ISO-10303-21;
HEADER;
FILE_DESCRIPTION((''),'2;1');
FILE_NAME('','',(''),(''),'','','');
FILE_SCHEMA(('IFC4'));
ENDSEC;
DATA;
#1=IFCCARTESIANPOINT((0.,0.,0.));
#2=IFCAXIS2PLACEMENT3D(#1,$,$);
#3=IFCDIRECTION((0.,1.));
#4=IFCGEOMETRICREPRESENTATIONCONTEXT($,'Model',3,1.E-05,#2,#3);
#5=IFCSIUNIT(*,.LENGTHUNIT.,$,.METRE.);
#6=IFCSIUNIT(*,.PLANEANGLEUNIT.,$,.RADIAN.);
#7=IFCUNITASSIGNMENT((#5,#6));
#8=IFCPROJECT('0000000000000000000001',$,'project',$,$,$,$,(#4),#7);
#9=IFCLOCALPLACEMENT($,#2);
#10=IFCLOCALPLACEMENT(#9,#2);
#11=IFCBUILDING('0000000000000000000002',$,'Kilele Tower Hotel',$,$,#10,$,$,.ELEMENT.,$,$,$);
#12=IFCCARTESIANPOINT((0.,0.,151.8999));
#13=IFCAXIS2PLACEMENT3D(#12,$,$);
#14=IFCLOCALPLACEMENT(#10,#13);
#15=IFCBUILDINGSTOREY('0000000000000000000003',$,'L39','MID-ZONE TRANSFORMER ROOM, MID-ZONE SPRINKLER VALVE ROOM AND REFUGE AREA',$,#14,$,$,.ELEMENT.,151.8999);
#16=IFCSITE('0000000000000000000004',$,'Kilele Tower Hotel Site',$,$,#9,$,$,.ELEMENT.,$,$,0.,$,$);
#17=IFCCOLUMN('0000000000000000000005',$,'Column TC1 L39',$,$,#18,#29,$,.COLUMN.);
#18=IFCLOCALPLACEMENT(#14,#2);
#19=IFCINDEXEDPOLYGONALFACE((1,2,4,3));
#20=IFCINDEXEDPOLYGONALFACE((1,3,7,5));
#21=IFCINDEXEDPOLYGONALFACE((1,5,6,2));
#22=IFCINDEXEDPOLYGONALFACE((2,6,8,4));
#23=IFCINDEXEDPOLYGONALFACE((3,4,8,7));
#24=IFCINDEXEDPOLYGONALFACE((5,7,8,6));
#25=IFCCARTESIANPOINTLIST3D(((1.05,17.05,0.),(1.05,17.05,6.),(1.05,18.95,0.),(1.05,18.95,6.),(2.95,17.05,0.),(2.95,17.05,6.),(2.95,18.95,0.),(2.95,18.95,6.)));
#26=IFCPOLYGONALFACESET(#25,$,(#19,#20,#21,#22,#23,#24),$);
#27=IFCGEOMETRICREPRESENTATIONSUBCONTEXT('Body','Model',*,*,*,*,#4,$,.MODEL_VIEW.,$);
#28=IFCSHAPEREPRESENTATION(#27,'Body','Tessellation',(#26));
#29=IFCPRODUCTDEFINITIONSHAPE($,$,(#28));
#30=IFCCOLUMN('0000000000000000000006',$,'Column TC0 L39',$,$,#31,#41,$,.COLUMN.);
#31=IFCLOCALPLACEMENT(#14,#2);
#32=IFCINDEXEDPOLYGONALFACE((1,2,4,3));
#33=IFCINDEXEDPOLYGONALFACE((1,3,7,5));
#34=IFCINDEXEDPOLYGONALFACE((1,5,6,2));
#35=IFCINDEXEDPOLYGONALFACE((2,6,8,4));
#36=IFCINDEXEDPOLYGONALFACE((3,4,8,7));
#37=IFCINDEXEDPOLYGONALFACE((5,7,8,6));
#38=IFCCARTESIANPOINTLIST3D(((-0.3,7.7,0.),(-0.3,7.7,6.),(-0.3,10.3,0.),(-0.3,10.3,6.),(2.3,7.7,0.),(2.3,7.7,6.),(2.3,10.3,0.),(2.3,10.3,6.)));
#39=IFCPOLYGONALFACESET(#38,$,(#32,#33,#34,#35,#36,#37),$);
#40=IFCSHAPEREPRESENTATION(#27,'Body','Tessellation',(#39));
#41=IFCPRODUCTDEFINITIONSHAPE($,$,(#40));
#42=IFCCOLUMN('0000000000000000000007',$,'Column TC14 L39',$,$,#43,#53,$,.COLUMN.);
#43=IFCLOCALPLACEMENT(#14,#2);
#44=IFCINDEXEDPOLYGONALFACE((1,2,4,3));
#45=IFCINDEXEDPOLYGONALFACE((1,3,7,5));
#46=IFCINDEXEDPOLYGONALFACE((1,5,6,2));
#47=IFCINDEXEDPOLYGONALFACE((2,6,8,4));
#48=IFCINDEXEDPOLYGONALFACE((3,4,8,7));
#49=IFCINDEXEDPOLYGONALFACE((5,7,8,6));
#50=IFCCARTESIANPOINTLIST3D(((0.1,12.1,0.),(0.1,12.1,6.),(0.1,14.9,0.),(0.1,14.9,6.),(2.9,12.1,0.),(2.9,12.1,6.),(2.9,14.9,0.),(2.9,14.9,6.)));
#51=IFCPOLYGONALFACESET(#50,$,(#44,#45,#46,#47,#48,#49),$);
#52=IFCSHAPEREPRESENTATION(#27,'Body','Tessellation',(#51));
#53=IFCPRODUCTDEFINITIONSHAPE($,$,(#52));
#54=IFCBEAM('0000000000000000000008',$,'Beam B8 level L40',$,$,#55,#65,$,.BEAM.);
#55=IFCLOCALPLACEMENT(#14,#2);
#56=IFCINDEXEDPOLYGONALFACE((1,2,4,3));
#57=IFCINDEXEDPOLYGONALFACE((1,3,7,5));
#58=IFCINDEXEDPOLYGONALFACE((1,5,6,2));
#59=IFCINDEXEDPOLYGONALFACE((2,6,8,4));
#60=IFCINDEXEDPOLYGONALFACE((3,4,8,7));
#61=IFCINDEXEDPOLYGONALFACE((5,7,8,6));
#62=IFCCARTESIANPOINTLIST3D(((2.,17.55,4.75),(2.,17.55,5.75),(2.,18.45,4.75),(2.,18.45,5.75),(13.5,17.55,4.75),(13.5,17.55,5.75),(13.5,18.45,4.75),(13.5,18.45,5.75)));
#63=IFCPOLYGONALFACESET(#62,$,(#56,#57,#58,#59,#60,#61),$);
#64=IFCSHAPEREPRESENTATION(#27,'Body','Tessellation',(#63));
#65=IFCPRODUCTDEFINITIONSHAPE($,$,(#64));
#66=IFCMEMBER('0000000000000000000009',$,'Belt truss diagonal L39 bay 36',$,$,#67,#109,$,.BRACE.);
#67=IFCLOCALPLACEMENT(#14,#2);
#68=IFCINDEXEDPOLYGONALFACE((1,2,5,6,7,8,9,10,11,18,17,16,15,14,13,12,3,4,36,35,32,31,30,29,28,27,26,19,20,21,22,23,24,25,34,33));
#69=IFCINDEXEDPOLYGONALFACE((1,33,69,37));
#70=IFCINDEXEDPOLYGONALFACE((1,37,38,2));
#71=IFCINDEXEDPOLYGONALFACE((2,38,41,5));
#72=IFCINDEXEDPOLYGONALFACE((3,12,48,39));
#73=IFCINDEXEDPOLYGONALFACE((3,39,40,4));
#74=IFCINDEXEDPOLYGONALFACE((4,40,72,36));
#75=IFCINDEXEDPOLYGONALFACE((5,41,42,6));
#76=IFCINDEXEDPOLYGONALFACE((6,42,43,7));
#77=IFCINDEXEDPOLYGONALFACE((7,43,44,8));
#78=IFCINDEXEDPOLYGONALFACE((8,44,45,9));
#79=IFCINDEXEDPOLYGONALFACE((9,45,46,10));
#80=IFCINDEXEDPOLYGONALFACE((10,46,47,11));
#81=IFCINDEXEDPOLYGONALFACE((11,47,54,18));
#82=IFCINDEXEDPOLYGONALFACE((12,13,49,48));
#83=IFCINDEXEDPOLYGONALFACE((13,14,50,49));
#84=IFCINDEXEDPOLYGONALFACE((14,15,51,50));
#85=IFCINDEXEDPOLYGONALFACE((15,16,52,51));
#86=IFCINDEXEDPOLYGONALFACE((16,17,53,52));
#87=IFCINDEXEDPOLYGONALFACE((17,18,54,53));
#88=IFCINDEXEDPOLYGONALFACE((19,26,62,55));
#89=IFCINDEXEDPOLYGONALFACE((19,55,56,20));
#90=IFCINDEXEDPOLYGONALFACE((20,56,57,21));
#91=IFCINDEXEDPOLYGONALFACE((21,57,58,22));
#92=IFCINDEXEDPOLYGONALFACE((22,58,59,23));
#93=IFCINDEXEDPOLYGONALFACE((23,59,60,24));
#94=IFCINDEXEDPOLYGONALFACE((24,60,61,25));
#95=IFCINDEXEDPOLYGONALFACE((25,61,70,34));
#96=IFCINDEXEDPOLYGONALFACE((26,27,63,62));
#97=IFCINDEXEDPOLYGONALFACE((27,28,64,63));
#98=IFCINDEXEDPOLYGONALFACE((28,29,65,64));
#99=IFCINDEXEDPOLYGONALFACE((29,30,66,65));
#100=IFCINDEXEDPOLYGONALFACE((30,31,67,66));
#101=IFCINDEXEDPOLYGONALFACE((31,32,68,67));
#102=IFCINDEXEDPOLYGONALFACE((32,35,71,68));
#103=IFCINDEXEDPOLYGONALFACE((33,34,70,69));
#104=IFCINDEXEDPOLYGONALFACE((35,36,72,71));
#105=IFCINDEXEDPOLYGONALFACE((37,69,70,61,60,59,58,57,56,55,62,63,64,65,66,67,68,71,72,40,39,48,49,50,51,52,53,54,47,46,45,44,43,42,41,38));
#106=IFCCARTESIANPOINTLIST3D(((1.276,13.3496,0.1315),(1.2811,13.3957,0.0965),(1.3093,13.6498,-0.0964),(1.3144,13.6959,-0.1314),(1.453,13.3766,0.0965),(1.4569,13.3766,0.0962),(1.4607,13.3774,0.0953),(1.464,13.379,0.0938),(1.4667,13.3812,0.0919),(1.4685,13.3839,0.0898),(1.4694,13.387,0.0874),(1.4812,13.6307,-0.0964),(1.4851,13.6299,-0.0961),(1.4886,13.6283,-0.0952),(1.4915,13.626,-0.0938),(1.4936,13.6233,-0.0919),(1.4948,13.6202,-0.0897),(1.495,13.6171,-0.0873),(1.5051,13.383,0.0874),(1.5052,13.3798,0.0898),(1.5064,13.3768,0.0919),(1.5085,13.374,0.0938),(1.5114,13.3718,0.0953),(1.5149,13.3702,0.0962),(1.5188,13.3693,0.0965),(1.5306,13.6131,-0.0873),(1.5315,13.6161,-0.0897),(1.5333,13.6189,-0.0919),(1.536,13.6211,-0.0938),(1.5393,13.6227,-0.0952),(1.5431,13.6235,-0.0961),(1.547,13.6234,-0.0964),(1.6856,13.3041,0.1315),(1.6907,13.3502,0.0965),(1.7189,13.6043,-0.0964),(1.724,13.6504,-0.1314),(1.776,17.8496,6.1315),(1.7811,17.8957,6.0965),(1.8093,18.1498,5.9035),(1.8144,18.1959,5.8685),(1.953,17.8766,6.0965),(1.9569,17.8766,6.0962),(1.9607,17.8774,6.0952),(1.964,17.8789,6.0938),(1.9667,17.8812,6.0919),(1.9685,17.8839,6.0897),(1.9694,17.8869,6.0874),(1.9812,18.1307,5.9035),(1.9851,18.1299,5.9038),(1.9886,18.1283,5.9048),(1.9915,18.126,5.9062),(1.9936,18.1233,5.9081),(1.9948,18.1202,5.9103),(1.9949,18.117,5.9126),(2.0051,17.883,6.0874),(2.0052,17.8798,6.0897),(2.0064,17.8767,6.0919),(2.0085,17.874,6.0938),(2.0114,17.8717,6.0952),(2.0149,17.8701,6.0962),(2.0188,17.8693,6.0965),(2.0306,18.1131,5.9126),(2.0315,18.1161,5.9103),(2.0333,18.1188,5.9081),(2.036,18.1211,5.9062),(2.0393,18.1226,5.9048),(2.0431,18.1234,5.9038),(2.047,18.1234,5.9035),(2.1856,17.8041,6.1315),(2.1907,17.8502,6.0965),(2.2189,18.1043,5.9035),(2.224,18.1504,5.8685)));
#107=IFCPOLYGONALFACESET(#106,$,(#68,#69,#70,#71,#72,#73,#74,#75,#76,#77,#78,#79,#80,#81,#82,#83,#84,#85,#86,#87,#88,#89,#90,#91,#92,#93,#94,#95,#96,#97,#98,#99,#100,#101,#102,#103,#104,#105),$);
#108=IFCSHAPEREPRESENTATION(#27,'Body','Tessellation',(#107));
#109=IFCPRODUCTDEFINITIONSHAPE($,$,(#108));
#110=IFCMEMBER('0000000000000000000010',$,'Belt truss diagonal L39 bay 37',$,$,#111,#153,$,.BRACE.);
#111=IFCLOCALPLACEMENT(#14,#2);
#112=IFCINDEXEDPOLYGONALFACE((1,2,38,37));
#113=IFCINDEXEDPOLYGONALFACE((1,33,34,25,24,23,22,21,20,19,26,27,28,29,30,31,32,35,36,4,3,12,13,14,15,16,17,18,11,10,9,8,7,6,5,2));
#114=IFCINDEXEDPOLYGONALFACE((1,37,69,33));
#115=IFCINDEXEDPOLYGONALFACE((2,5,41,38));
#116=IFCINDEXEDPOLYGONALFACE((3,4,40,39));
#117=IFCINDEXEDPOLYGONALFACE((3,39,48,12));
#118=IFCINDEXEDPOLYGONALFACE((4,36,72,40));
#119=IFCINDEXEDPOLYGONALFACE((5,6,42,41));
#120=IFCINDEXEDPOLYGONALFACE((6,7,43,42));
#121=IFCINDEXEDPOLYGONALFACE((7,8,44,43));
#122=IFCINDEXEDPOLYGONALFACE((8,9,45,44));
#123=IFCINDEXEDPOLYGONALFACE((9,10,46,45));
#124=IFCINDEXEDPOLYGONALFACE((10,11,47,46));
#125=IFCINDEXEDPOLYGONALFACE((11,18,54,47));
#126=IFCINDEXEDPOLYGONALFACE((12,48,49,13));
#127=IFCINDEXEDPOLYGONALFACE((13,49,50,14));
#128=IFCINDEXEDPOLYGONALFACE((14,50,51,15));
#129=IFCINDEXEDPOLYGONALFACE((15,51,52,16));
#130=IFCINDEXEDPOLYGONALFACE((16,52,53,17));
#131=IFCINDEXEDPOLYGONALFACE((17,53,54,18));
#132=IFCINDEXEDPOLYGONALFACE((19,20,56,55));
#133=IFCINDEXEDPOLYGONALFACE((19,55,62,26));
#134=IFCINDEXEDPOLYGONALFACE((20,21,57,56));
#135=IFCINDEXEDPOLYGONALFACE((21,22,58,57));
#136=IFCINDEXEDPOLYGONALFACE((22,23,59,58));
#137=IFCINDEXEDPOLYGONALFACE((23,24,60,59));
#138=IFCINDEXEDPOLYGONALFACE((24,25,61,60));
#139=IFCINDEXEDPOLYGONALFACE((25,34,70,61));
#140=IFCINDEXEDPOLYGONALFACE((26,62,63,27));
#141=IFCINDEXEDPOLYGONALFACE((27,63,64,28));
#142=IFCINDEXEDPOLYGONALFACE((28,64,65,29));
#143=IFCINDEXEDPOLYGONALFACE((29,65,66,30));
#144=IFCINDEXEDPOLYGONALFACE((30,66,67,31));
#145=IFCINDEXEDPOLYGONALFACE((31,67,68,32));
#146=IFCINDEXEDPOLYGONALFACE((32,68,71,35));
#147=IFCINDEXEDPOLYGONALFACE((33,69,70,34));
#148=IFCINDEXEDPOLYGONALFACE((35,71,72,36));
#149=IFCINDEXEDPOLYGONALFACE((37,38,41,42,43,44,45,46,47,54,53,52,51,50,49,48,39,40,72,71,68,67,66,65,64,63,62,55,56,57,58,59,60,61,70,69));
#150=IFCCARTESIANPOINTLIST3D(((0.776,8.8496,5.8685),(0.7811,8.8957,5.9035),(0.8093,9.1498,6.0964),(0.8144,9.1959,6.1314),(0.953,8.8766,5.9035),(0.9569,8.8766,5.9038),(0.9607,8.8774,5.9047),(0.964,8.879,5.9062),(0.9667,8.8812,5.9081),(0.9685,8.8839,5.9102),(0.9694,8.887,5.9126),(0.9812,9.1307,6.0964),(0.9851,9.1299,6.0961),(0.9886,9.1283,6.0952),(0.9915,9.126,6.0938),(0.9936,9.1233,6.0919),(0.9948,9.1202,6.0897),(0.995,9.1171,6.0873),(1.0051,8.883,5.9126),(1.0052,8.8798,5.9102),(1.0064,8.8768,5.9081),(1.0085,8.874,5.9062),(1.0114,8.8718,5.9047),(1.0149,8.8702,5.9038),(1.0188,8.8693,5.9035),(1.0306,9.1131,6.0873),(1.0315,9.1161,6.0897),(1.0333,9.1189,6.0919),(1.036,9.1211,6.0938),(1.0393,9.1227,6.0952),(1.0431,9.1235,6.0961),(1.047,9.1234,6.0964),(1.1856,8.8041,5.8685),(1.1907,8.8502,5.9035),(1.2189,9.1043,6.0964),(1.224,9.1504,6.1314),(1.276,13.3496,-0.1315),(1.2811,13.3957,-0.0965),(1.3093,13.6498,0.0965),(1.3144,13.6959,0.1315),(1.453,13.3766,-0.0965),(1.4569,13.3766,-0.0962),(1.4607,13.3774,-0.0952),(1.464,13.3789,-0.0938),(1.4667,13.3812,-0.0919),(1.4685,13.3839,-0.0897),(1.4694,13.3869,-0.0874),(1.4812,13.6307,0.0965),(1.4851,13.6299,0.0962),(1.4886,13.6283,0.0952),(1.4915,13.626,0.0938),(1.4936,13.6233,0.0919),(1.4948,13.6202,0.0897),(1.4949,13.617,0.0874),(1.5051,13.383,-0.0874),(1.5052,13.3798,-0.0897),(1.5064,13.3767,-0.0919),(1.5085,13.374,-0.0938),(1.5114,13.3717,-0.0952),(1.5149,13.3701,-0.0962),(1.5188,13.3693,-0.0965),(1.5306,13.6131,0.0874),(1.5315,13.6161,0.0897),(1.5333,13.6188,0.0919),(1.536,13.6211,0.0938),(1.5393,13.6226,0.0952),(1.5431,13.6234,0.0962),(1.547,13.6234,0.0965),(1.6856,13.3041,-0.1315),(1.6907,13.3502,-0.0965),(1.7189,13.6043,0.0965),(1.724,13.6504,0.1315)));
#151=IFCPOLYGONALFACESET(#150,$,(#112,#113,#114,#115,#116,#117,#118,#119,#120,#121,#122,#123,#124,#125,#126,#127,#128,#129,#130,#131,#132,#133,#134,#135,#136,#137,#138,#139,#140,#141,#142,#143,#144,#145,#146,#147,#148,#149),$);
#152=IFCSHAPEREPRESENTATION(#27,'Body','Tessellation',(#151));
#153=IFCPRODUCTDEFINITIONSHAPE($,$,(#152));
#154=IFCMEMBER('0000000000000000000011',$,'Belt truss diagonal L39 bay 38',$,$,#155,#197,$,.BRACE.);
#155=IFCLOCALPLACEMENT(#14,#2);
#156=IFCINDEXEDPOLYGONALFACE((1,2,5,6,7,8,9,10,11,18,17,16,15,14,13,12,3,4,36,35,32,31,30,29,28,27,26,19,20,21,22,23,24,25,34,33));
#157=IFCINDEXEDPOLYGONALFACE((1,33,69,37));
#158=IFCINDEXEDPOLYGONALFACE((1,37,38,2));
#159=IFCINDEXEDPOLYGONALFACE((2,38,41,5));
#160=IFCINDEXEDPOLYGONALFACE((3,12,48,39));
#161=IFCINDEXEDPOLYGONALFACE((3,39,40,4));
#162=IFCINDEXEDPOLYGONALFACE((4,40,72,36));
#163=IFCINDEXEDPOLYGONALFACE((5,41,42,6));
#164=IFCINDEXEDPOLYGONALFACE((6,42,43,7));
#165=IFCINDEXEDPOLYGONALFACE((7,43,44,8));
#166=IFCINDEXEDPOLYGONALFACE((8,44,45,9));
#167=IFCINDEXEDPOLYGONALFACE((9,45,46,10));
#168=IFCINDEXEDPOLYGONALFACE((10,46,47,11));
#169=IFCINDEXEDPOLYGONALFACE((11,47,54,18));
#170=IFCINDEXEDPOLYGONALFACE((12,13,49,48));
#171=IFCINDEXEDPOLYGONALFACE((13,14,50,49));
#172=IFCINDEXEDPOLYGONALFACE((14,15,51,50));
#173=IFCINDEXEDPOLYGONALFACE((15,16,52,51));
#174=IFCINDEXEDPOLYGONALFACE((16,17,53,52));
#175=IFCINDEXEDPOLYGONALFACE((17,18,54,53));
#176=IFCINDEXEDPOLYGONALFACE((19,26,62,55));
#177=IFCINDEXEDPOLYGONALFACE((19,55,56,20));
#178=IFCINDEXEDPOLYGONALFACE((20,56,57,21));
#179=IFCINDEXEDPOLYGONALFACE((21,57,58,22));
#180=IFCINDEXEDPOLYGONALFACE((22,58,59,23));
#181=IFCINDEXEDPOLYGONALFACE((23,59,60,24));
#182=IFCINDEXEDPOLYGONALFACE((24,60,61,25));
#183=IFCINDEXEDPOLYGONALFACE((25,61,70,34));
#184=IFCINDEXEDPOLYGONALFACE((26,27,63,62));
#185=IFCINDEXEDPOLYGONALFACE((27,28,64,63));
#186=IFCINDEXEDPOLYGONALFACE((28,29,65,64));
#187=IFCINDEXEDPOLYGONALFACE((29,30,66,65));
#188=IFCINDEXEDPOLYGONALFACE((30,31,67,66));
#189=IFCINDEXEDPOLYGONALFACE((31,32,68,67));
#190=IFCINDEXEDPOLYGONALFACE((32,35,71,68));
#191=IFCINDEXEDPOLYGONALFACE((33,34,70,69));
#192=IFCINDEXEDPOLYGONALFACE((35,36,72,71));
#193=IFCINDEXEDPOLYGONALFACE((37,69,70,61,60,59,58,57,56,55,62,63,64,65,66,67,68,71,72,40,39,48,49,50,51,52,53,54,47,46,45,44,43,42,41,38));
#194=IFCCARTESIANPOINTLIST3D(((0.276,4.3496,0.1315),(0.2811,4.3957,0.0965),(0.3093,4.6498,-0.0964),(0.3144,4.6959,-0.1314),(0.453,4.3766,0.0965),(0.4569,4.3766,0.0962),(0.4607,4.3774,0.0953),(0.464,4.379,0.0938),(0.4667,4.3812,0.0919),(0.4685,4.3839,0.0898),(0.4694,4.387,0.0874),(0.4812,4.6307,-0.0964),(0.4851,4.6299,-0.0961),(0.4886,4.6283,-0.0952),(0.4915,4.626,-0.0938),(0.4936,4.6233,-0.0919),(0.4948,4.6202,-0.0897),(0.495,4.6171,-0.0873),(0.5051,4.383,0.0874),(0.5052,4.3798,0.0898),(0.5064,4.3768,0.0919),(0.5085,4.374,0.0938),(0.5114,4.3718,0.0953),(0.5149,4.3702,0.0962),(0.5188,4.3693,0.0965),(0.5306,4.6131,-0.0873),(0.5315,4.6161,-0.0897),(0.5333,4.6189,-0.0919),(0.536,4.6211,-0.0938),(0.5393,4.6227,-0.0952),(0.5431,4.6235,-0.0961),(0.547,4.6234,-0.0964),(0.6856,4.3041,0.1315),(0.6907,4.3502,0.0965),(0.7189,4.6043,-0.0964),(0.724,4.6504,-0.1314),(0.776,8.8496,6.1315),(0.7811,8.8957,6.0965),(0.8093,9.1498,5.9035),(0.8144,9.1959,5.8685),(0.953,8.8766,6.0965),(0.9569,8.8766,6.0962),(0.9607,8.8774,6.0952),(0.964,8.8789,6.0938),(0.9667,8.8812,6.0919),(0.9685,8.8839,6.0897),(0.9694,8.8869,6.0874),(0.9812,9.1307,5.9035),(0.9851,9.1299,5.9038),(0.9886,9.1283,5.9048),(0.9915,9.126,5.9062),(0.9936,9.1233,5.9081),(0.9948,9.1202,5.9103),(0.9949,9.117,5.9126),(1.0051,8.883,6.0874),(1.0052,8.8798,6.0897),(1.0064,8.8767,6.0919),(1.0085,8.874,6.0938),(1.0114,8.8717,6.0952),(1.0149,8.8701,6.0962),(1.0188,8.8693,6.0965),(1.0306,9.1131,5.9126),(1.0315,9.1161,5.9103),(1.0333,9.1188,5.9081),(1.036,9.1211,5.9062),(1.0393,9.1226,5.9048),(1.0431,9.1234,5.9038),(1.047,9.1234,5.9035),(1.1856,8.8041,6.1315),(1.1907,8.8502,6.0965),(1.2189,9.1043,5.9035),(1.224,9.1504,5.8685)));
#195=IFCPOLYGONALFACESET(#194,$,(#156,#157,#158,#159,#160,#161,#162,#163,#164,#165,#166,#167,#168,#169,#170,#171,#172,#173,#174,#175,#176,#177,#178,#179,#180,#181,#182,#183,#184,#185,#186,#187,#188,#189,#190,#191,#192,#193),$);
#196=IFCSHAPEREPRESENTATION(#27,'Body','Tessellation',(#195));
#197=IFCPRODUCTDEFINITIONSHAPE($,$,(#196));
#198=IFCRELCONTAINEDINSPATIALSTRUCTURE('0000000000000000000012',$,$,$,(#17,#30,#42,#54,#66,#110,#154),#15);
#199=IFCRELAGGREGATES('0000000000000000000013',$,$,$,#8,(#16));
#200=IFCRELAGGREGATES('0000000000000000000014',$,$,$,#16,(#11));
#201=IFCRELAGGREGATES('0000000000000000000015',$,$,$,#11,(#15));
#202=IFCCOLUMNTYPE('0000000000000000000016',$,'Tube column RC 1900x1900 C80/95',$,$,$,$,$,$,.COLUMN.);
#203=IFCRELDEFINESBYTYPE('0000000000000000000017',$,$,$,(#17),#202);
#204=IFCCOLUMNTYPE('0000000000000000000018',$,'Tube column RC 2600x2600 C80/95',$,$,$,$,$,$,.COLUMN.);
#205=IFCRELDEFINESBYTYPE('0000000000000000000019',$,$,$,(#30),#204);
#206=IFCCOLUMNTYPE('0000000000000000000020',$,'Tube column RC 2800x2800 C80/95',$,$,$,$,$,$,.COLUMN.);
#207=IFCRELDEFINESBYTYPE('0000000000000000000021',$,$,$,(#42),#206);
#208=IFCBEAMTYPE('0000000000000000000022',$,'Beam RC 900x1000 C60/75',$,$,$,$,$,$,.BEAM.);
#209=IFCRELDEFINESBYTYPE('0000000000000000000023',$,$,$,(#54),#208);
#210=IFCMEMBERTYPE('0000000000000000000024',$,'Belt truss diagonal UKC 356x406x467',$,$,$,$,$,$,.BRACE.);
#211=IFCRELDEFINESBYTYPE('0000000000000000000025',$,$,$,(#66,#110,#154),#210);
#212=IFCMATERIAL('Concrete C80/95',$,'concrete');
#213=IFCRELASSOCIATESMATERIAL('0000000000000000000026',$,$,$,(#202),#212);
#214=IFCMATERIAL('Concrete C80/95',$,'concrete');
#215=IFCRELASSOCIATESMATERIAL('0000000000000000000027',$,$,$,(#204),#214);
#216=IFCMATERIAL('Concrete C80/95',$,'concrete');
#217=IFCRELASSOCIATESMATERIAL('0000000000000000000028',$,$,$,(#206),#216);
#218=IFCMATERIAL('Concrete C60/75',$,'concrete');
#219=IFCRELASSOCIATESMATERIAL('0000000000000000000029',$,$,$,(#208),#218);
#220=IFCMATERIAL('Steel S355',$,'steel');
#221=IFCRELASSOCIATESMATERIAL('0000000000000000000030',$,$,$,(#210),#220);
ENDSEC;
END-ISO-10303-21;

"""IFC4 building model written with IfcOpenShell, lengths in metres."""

from ifc_helpers import new_model, si_unit, direction, frame, origin, origin_2d, place, context, subcontext, project, spatial, rectangle, i_section, extrude, material, material_profile, profile_set, type_object, element, save


model = new_model("IFC4")

# Units and contexts
model_context = context("Model", 3, precision=1e-05, world=origin(), true_north=direction((0.0, 1.0)))
body_context = subcontext(model_context, "Body", "Model", "MODEL_VIEW")
ifc_project = project(units=[si_unit("LENGTHUNIT", "METRE"), si_unit("PLANEANGLEUNIT", "RADIAN")], contexts=[model_context])

# Site, building, storey
site_placement = place(None, origin())
site = spatial("IfcSite", under=ifc_project, at=site_placement, Name="Kilele Tower Hotel Site", CompositionType="ELEMENT", RefElevation=0.0)
building_placement = place(site_placement, origin())
building = spatial("IfcBuilding", under=site, at=building_placement, Name="Kilele Tower Hotel", CompositionType="ELEMENT")
storey_placement = place(building_placement, frame((0.0, 0.0, 151.8999)))
storey = spatial("IfcBuildingStorey", under=building, at=storey_placement, Name="L39", Description="MID-ZONE TRANSFORMER ROOM, MID-ZONE SPRINKLER VALVE ROOM AND REFUGE AREA", CompositionType="ELEMENT", Elevation=151.8999)

# Columns
ifc_material_1 = material(Name="Concrete C80/95", Category="concrete")
ifc_material_profile_1 = material_profile(ifc_material_1, rectangle(XDim=1.8999, YDim=1.8999, at=origin_2d()))
ifc_profile_set_1 = profile_set([ifc_material_profile_1], Name="Concrete C80/95")
column_type_1 = type_object("IfcColumnType", Name="Tube column RC 1900x1900 C80/95", PredefinedType="COLUMN", material=ifc_profile_set_1)
column_1_placement = place(storey_placement, frame((2.0, 18.0, 0.0), z_axis=(0.0, 0.0, 1.0), x_axis=(1.0, 0.0, 0.0)))
element("IfcColumn", 1, at=column_1_placement, inside=storey, type_object=column_type_1, Name="Column TC1 L39", PredefinedType="COLUMN", context=body_context, shape_type="SweptSolid", body=[
    extrude(rectangle(XDim=1.8999, YDim=1.8999, at=origin_2d()), origin(), (0.0, 0.0, 1.0), 6.0),
])
ifc_material_2 = material(Name="Concrete C80/95", Category="concrete")
ifc_material_profile_2 = material_profile(ifc_material_2, rectangle(XDim=2.6001, YDim=2.6001, at=origin_2d()))
ifc_profile_set_2 = profile_set([ifc_material_profile_2], Name="Concrete C80/95")
column_type_2 = type_object("IfcColumnType", Name="Tube column RC 2600x2600 C80/95", PredefinedType="COLUMN", material=ifc_profile_set_2)
column_2_placement = place(storey_placement, frame((1.0, 9.0, 0.0), z_axis=(0.0, 0.0, 1.0), x_axis=(1.0, 0.0, 0.0)))
element("IfcColumn", 2, at=column_2_placement, inside=storey, type_object=column_type_2, Name="Column TC0 L39", PredefinedType="COLUMN", context=body_context, shape_type="SweptSolid", body=[
    extrude(rectangle(XDim=2.6001, YDim=2.6001, at=origin_2d()), origin(), (0.0, 0.0, 1.0), 6.0),
])
ifc_material_3 = material(Name="Concrete C80/95", Category="concrete")
ifc_material_profile_3 = material_profile(ifc_material_3, rectangle(XDim=2.8, YDim=2.8, at=origin_2d()))
ifc_profile_set_3 = profile_set([ifc_material_profile_3], Name="Concrete C80/95")
column_type_3 = type_object("IfcColumnType", Name="Tube column RC 2800x2800 C80/95", PredefinedType="COLUMN", material=ifc_profile_set_3)
column_3_placement = place(storey_placement, frame((1.5, 13.5, 0.0), z_axis=(0.0, 0.0, 1.0), x_axis=(1.0, 0.0, 0.0)))
element("IfcColumn", 3, at=column_3_placement, inside=storey, type_object=column_type_3, Name="Column TC14 L39", PredefinedType="COLUMN", context=body_context, shape_type="SweptSolid", body=[
    extrude(rectangle(XDim=2.8, YDim=2.8, at=origin_2d()), origin(), (0.0, 0.0, 1.0), 6.0),
])

# Beam
ifc_material_4 = material(Name="Concrete C60/75", Category="concrete")
ifc_material_profile_4 = material_profile(ifc_material_4, rectangle(XDim=0.8999, YDim=1.0, at=origin_2d()))
ifc_profile_set_4 = profile_set([ifc_material_profile_4], Name="Concrete C60/75")
beam_type_1 = type_object("IfcBeamType", Name="Beam RC 900x1000 C60/75", PredefinedType="BEAM", material=ifc_profile_set_4)
beam_1_placement = place(storey_placement, frame((2.0, 18.0, 5.25), z_axis=(1.0, 0.0, 0.0), x_axis=(0.0, 1.0, 0.0)))
element("IfcBeam", 4, at=beam_1_placement, inside=storey, type_object=beam_type_1, Name="Beam B8 level L40", PredefinedType="BEAM", context=body_context, shape_type="SweptSolid", body=[
    extrude(rectangle(XDim=0.8999, YDim=1.0, at=origin_2d()), origin(), (0.0, 0.0, 1.0), 11.5),
])

# Members
ifc_material_5 = material(Name="Steel S355", Category="steel")
ifc_material_profile_5 = material_profile(ifc_material_5, i_section(OverallWidth=0.4121, OverallDepth=0.4365, WebThickness=0.0359, FlangeThickness=0.0581, FilletRadius=0.0151, at=origin_2d()))
ifc_profile_set_5 = profile_set([ifc_material_profile_5], Name="Steel S355")
member_type = type_object("IfcMemberType", Name="Belt truss diagonal UKC 356x406x467", PredefinedType="BRACE", material=ifc_profile_set_5)
for number, where, z_axis, x_axis, name in (
    (5, (2.0, 18.0, 6.0), (-0.066519, -0.598671, -0.798228), (0.993884, -0.110432, 0.0), "Belt truss diagonal L39 bay 36"),
    (6, (1.5, 13.5, 0.0), (-0.066519, -0.598671, 0.798228), (0.993884, -0.110432, 0.0), "Belt truss diagonal L39 bay 37"),
    (7, (1.0, 9.0, 6.0), (-0.066519, -0.598671, -0.798228), (0.993884, -0.110432, 0.0), "Belt truss diagonal L39 bay 38"),
):
    element("IfcMember", number, at=place(storey_placement, frame(where, z_axis=z_axis, x_axis=x_axis)), inside=storey, type_object=member_type, Name=name, PredefinedType="BRACE", context=body_context, shape_type="SweptSolid", body=[
        extrude(i_section(OverallWidth=0.4121, OverallDepth=0.4365, WebThickness=0.0359, FlangeThickness=0.0581, FilletRadius=0.0151, at=origin_2d()), origin(), (0.0, 0.0, 1.0), 7.5166),
    ])

save(model, "model.ifc")
